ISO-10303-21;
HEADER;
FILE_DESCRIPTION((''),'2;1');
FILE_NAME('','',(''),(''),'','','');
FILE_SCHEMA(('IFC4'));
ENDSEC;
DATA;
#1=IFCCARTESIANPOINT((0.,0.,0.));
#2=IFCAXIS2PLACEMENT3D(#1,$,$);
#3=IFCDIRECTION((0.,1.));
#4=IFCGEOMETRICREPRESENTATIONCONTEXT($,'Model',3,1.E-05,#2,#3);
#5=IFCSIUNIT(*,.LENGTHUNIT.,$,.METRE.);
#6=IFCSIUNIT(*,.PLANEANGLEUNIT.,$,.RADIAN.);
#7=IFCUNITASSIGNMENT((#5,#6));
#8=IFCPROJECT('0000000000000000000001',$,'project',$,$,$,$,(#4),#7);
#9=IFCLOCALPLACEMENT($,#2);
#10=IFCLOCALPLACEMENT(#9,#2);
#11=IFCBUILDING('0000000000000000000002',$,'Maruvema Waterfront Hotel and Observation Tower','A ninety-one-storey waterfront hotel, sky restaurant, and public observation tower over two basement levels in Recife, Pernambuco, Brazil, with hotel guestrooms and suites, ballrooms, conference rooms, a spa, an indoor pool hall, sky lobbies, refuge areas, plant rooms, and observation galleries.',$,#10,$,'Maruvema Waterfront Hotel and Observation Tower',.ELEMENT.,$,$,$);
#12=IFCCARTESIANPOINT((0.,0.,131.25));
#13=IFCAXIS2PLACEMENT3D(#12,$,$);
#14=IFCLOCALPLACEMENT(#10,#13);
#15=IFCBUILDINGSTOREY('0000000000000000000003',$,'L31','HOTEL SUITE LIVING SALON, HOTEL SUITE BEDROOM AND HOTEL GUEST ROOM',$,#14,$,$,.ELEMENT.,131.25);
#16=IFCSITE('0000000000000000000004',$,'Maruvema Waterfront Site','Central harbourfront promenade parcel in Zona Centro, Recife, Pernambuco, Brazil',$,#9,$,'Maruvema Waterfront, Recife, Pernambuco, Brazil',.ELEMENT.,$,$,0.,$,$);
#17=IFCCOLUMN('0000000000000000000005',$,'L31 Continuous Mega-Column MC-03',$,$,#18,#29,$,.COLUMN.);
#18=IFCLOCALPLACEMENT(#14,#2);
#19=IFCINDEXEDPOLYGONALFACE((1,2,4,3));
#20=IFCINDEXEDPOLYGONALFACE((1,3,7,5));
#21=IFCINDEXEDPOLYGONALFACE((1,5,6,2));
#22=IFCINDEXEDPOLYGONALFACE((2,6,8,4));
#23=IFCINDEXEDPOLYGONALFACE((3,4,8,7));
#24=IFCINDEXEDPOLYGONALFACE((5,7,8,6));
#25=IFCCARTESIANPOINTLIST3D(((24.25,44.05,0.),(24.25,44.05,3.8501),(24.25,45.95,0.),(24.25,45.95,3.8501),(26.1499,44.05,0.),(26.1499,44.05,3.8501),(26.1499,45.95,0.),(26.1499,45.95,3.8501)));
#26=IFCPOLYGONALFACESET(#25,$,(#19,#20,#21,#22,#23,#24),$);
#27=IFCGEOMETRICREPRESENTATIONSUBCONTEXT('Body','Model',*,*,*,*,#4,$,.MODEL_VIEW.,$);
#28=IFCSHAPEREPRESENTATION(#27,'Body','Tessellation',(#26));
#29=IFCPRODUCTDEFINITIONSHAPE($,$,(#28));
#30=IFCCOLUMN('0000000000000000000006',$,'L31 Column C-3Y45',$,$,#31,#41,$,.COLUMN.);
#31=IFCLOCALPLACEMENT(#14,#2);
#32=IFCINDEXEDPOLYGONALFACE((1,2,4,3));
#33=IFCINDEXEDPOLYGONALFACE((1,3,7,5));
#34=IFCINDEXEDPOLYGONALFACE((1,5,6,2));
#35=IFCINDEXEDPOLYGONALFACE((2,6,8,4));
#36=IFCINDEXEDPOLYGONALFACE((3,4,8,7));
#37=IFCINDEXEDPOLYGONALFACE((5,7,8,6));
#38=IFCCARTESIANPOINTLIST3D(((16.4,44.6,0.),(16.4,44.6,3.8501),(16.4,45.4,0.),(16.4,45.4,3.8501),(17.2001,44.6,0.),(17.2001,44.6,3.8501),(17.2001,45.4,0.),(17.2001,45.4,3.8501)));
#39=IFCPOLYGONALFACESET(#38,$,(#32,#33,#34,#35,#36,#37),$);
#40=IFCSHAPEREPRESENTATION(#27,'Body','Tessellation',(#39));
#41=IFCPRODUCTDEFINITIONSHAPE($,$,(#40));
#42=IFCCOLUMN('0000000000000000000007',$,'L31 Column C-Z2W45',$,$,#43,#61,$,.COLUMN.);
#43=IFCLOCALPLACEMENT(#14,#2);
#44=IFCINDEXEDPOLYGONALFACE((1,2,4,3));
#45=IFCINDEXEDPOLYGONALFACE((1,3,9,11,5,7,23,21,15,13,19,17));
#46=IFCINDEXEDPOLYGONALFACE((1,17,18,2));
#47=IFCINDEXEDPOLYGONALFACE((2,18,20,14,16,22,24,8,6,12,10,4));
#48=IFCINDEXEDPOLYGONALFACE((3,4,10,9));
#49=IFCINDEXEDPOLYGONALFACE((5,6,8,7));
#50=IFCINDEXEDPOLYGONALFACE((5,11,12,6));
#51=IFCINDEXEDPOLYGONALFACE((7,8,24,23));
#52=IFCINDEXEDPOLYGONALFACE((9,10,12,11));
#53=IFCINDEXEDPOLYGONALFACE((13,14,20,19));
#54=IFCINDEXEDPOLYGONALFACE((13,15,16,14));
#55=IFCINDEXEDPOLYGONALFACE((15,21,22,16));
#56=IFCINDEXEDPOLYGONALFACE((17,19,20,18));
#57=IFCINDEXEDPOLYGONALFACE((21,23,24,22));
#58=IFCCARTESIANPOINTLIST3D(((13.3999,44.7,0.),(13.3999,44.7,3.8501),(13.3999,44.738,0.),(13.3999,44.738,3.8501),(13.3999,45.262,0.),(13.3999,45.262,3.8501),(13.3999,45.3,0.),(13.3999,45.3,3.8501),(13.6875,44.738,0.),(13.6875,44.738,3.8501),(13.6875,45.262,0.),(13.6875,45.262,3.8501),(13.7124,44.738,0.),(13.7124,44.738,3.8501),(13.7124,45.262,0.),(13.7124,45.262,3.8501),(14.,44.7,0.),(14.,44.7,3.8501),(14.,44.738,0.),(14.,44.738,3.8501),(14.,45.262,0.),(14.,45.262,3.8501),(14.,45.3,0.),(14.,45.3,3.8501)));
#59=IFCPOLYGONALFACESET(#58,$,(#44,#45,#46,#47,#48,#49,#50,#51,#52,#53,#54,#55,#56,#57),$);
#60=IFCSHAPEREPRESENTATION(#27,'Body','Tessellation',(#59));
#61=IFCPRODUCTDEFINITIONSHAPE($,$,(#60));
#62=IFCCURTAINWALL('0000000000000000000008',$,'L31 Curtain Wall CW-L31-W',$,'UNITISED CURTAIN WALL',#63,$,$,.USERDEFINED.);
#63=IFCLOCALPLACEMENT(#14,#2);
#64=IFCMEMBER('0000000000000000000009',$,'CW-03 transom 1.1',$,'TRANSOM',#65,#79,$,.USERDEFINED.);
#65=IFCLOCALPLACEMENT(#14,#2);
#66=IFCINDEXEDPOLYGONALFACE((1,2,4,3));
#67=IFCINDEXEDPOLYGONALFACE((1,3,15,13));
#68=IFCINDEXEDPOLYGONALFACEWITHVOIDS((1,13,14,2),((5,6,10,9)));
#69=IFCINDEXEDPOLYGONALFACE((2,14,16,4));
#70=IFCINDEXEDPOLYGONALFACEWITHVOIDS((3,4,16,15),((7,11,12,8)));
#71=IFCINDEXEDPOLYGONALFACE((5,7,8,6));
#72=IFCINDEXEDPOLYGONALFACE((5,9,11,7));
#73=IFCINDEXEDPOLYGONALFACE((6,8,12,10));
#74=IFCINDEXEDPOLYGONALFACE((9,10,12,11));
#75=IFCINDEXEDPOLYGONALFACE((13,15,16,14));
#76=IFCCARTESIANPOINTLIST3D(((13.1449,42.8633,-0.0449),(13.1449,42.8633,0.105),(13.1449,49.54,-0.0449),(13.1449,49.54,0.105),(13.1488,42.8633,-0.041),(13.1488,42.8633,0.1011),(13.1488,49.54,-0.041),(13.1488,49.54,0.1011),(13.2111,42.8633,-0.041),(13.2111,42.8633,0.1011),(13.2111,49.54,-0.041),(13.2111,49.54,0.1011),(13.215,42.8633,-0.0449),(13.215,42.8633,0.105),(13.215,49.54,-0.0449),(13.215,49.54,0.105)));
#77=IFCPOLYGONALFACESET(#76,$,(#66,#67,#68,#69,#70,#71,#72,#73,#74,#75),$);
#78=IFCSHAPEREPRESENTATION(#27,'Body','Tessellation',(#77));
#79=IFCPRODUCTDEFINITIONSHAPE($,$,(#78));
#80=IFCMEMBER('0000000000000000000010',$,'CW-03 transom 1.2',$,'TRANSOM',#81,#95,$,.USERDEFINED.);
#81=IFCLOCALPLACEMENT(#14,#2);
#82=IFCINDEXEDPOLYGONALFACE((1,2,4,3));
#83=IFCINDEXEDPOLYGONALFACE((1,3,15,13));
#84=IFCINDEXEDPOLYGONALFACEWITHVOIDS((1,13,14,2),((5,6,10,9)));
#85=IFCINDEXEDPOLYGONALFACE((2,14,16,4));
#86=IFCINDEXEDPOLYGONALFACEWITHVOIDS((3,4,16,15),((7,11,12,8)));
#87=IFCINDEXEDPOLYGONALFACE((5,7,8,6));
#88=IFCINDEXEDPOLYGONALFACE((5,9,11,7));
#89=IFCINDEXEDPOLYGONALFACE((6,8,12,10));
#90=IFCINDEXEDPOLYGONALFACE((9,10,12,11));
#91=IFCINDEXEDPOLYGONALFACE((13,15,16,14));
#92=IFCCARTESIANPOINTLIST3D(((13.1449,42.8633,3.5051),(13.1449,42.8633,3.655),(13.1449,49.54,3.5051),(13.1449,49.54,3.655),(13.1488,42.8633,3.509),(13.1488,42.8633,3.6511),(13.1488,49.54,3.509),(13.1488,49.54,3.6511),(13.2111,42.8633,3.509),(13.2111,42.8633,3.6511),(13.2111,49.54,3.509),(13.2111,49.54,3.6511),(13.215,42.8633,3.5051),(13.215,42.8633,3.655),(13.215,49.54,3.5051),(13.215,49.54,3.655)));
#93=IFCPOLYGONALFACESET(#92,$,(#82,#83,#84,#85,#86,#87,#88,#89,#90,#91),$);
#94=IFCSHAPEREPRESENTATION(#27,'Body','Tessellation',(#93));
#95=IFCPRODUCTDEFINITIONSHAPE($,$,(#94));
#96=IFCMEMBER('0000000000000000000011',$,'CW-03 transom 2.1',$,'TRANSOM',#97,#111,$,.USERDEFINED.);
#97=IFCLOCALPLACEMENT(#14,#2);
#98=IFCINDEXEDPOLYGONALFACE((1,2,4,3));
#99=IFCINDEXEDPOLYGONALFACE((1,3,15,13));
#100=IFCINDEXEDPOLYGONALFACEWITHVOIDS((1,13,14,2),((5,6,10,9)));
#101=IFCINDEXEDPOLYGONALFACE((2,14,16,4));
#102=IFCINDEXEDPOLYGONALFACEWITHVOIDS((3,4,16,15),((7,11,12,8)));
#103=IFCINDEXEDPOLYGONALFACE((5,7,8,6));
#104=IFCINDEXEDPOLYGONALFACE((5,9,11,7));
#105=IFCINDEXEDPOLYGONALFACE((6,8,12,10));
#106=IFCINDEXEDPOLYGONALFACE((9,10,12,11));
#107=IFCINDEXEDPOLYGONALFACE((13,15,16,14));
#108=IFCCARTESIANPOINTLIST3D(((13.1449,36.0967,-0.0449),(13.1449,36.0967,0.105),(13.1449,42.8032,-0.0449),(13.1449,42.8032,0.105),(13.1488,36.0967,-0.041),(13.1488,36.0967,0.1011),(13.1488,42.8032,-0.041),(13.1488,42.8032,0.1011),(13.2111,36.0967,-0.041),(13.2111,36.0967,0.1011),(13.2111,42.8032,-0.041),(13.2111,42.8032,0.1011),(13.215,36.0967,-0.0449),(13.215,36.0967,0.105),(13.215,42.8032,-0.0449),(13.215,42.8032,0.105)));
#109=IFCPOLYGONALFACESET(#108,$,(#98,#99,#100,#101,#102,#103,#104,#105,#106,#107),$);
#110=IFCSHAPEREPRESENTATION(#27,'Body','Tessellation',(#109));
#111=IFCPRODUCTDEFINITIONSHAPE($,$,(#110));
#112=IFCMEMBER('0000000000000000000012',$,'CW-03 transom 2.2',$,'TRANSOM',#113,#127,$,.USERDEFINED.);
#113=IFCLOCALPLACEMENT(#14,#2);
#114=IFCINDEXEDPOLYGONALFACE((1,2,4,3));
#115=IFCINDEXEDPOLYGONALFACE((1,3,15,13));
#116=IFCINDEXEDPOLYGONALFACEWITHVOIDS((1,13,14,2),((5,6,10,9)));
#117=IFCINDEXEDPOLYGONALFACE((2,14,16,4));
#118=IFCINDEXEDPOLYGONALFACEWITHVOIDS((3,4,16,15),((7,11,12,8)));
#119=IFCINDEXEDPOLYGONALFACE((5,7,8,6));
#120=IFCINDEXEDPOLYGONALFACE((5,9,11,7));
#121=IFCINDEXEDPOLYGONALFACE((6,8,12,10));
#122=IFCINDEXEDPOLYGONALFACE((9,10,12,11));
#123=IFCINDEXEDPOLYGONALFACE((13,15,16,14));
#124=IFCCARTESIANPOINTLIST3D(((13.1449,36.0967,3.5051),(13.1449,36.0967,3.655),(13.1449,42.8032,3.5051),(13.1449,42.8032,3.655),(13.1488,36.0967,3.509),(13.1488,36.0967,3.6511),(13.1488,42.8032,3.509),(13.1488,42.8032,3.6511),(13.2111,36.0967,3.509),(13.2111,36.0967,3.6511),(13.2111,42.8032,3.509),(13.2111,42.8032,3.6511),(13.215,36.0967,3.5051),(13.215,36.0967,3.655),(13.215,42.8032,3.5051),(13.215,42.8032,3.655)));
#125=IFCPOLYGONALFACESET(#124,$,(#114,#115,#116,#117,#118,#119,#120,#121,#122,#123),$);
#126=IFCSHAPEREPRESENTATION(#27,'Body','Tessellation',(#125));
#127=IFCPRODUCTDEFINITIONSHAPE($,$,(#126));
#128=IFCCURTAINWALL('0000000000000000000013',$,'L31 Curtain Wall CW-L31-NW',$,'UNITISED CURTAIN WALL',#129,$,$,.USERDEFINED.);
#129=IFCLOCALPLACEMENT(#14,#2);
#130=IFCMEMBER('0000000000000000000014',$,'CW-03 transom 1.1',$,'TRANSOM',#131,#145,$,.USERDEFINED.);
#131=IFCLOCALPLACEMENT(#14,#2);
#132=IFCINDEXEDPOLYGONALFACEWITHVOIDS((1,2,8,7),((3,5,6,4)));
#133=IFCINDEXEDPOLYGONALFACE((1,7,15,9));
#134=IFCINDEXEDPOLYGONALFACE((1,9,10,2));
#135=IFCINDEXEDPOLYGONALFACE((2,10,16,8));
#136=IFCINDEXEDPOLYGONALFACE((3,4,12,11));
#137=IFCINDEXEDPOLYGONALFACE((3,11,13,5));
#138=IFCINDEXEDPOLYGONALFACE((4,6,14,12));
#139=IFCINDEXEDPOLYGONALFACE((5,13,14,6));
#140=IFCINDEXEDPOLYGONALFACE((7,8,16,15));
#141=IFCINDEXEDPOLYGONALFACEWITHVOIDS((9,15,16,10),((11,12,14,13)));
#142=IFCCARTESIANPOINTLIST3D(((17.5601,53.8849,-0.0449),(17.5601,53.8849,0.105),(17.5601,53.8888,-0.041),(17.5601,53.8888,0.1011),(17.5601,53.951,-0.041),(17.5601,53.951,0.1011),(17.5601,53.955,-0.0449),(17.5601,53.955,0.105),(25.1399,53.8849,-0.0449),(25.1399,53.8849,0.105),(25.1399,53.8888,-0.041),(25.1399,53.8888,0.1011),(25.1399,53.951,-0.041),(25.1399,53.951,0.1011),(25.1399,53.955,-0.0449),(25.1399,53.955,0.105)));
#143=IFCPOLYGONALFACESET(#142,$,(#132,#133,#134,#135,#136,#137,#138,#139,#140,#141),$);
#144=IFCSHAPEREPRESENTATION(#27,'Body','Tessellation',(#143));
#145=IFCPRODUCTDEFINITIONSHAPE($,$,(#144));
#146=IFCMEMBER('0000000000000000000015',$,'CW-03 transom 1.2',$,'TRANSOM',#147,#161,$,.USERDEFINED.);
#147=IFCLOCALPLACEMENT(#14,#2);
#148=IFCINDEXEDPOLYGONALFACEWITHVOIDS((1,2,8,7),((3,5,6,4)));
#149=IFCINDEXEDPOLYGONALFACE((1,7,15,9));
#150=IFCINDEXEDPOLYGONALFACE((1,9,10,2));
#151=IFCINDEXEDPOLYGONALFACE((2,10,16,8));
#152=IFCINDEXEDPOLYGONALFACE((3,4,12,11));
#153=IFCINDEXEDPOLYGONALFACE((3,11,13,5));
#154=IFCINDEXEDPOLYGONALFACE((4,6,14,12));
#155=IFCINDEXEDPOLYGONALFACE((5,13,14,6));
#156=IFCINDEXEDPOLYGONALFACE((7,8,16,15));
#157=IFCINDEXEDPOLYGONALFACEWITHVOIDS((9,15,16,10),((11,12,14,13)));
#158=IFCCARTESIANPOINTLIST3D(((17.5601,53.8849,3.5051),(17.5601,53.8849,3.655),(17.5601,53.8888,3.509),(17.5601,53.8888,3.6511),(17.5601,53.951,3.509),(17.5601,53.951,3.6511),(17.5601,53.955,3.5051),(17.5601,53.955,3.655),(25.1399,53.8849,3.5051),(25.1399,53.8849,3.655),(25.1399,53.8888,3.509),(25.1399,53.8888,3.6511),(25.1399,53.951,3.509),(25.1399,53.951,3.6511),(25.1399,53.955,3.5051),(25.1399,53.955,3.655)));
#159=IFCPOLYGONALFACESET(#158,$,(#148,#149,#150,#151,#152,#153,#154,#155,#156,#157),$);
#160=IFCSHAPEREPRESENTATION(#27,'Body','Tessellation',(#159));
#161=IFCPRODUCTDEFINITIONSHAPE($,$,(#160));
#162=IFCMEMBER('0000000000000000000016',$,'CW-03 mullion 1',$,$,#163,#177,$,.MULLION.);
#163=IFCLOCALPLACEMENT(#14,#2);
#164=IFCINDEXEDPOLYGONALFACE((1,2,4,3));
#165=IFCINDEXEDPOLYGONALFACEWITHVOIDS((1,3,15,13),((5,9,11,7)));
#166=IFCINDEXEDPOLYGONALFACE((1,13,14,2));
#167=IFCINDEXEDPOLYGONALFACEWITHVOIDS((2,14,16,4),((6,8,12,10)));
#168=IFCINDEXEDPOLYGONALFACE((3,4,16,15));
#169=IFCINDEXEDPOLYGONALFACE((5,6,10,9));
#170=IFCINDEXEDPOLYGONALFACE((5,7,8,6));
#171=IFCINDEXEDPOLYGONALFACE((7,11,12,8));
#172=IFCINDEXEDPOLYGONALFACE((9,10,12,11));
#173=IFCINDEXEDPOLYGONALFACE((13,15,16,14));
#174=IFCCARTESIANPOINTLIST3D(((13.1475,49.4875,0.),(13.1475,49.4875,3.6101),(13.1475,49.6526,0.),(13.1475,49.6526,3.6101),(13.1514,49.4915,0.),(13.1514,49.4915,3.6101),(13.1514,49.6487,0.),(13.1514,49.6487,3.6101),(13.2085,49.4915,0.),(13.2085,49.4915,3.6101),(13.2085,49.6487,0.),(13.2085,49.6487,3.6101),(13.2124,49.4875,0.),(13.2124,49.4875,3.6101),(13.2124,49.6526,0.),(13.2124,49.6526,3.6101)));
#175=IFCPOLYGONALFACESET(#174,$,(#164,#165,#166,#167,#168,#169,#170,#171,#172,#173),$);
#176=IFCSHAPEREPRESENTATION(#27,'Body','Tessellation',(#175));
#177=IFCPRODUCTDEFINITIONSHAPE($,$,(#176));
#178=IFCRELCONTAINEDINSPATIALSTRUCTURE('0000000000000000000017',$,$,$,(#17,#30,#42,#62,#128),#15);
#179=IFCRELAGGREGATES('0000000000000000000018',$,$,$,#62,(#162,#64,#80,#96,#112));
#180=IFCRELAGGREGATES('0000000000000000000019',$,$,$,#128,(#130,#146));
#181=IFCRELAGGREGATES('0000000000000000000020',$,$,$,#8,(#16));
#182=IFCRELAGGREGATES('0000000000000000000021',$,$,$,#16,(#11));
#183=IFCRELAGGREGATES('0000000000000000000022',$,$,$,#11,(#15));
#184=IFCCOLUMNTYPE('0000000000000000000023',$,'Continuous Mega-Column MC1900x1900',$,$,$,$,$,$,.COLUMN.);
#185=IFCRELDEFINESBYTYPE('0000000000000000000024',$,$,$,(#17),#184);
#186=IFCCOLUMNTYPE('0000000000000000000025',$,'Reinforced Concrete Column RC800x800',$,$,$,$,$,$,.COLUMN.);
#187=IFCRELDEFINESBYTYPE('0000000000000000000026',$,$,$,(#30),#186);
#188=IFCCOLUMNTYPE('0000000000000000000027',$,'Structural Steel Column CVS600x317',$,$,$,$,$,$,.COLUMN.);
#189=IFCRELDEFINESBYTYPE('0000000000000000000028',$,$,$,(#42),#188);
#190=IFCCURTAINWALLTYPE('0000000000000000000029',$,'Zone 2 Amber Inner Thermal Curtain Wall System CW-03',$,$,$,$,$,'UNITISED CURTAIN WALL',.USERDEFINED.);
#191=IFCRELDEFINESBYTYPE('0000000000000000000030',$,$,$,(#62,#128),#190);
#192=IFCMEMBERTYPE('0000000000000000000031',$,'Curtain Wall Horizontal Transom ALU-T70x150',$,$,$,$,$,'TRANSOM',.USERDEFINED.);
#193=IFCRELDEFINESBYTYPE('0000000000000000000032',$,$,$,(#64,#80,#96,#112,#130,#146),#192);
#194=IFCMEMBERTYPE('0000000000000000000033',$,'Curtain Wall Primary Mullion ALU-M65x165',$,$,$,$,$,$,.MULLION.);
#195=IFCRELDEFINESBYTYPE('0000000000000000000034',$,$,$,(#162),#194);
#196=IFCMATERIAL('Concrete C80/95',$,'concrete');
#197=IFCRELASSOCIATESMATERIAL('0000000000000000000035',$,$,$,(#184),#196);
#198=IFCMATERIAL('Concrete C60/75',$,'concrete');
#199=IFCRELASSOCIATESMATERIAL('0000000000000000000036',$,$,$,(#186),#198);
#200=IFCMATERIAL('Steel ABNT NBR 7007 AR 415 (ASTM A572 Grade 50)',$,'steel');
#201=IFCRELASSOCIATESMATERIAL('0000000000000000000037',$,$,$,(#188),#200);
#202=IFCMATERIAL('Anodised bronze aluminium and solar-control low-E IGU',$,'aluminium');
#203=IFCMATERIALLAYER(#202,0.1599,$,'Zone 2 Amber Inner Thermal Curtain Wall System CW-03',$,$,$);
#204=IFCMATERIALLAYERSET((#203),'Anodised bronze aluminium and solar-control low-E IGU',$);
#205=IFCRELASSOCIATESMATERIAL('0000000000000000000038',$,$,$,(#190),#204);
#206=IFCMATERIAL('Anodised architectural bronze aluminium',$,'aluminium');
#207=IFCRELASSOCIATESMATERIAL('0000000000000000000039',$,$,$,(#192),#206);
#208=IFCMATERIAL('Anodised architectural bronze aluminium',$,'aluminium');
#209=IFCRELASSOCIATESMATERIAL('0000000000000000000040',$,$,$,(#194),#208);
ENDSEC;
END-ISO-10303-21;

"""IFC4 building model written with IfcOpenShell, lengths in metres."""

from ifc_helpers import new_model, si_unit, direction, frame, origin, origin_2d, place, context, subcontext, project, spatial, rectangle, hollow_rectangle, i_section, extrude, material, layer, layer_set, material_profile, profile_set, type_object, element, aggregate, save


model = new_model("IFC4")

# Units and contexts
model_context = context("Model", 3, precision=1e-05, world=origin(), true_north=direction((0.0, 1.0)))
body_context = subcontext(model_context, "Body", "Model", "MODEL_VIEW")
ifc_project = project(units=[si_unit("LENGTHUNIT", "METRE"), si_unit("PLANEANGLEUNIT", "RADIAN")], contexts=[model_context])

# Site, building, storey
site_placement = place(None, origin())
site = spatial("IfcSite", under=ifc_project, at=site_placement, Name="Maruvema Waterfront Site", Description="Central harbourfront promenade parcel in Zona Centro, Recife, Pernambuco, Brazil", LongName="Maruvema Waterfront, Recife, Pernambuco, Brazil", CompositionType="ELEMENT", RefElevation=0.0)
building_placement = place(site_placement, origin())
building = spatial("IfcBuilding", under=site, at=building_placement, Name="Maruvema Waterfront Hotel and Observation Tower", Description="A ninety-one-storey waterfront hotel, sky restaurant, and public observation tower over two basement levels in Recife, Pernambuco, Brazil, with hotel guestrooms and suites, ballrooms, conference rooms, a spa, an indoor pool hall, sky lobbies, refuge areas, plant rooms, and observation galleries.", LongName="Maruvema Waterfront Hotel and Observation Tower", CompositionType="ELEMENT")
storey_placement = place(building_placement, frame((0.0, 0.0, 131.25)))
storey = spatial("IfcBuildingStorey", under=building, at=storey_placement, Name="L31", Description="HOTEL SUITE LIVING SALON, HOTEL SUITE BEDROOM AND HOTEL GUEST ROOM", CompositionType="ELEMENT", Elevation=131.25)

# Columns
ifc_material_1 = material(Name="Concrete C80/95", Category="concrete")
ifc_material_profile_1 = material_profile(ifc_material_1, rectangle(XDim=1.8999, YDim=1.8999, at=origin_2d()), Name="MC1900x1900")
ifc_profile_set_1 = profile_set([ifc_material_profile_1], Name="Concrete C80/95")
column_type_1 = type_object("IfcColumnType", Name="Continuous Mega-Column MC1900x1900", PredefinedType="COLUMN", material=ifc_profile_set_1)
column_1_placement = place(storey_placement, frame((25.2, 45.0, 0.0), z_axis=(0.0, 0.0, 1.0), x_axis=(1.0, 0.0, 0.0)))
element("IfcColumn", 1, at=column_1_placement, inside=storey, type_object=column_type_1, Name="L31 Continuous Mega-Column MC-03", PredefinedType="COLUMN", context=body_context, shape_type="SweptSolid", body=[
    extrude(rectangle(XDim=1.8999, YDim=1.8999, at=origin_2d()), origin(), (0.0, 0.0, 1.0), 3.8501),
])
ifc_material_2 = material(Name="Concrete C60/75", Category="concrete")
ifc_material_profile_2 = material_profile(ifc_material_2, rectangle(XDim=0.8, YDim=0.8, at=origin_2d()), Name="RC800x800")
ifc_profile_set_2 = profile_set([ifc_material_profile_2], Name="Concrete C60/75")
column_type_2 = type_object("IfcColumnType", Name="Reinforced Concrete Column RC800x800", PredefinedType="COLUMN", material=ifc_profile_set_2)
column_2_placement = place(storey_placement, frame((16.8, 45.0, 0.0), z_axis=(0.0, 0.0, 1.0), x_axis=(1.0, 0.0, 0.0)))
element("IfcColumn", 2, at=column_2_placement, inside=storey, type_object=column_type_2, Name="L31 Column C-3Y45", PredefinedType="COLUMN", context=body_context, shape_type="SweptSolid", body=[
    extrude(rectangle(XDim=0.8, YDim=0.8, at=origin_2d()), origin(), (0.0, 0.0, 1.0), 3.8501),
])
ifc_material_3 = material(Name="Steel ABNT NBR 7007 AR 415 (ASTM A572 Grade 50)", Category="steel")
ifc_material_profile_3 = material_profile(ifc_material_3, i_section(OverallWidth=0.6001, OverallDepth=0.6001, WebThickness=0.0249, FlangeThickness=0.0381, at=origin_2d()), Name="CVS600x317")
ifc_profile_set_3 = profile_set([ifc_material_profile_3], Name="Steel ABNT NBR 7007 AR 415 (ASTM A572 Grade 50)")
column_type_3 = type_object("IfcColumnType", Name="Structural Steel Column CVS600x317", PredefinedType="COLUMN", material=ifc_profile_set_3)
column_3_placement = place(storey_placement, frame((13.7, 45.0, 0.0), z_axis=(0.0, 0.0, 1.0), x_axis=(1.0, 0.0, 0.0)))
element("IfcColumn", 3, at=column_3_placement, inside=storey, type_object=column_type_3, Name="L31 Column C-Z2W45", PredefinedType="COLUMN", context=body_context, shape_type="SweptSolid", body=[
    extrude(i_section(OverallWidth=0.6001, OverallDepth=0.6001, WebThickness=0.0249, FlangeThickness=0.0381, at=origin_2d()), origin(), (0.0, 0.0, 1.0), 3.8501),
])

# Curtain walls, members
ifc_material_4 = material(Name="Anodised bronze aluminium and solar-control low-E IGU", Category="aluminium")
ifc_layer_1 = layer(ifc_material_4, 0.1599, Name="Zone 2 Amber Inner Thermal Curtain Wall System CW-03")
ifc_layer_set_1 = layer_set([ifc_layer_1], Name="Anodised bronze aluminium and solar-control low-E IGU")
curtain_wall_type = type_object("IfcCurtainWallType", Name="Zone 2 Amber Inner Thermal Curtain Wall System CW-03", ElementType="UNITISED CURTAIN WALL", PredefinedType="USERDEFINED", material=ifc_layer_set_1)
curtain_wall_1_placement = place(storey_placement, origin())
curtain_wall_1 = element("IfcCurtainWall", 4, at=curtain_wall_1_placement, inside=storey, type_object=curtain_wall_type, Name="L31 Curtain Wall CW-L31-W", ObjectType="UNITISED CURTAIN WALL", PredefinedType="USERDEFINED")
ifc_material_5 = material(Name="Anodised architectural bronze aluminium", Category="aluminium")
ifc_material_profile_4 = material_profile(ifc_material_5, hollow_rectangle(XDim=0.0701, YDim=0.1499, WallThickness=0.0039, at=origin_2d()), Name="ALU-T70x150")
ifc_profile_set_4 = profile_set([ifc_material_profile_4], Name="Anodised architectural bronze aluminium")
member_type_1 = type_object("IfcMemberType", Name="Curtain Wall Horizontal Transom ALU-T70x150", ElementType="TRANSOM", PredefinedType="USERDEFINED", material=ifc_profile_set_4)
member_1_placement = place(storey_placement, frame((13.1799, 49.54, 0.03), z_axis=(0.0, -1.0, 0.0), x_axis=(1.0, 0.0, 0.0)))
member_1 = element("IfcMember", 5, at=member_1_placement, type_object=member_type_1, Name="CW-03 transom 1.1", ObjectType="TRANSOM", PredefinedType="USERDEFINED", context=body_context, shape_type="SweptSolid", body=[
    extrude(hollow_rectangle(XDim=0.0701, YDim=0.1499, WallThickness=0.0039, at=origin_2d()), origin(), (0.0, 0.0, 1.0), 6.6768),
])
member_2_placement = place(storey_placement, frame((13.1799, 49.54, 3.5801), z_axis=(0.0, -1.0, 0.0), x_axis=(1.0, 0.0, 0.0)))
member_2 = element("IfcMember", 6, at=member_2_placement, type_object=member_type_1, Name="CW-03 transom 1.2", ObjectType="TRANSOM", PredefinedType="USERDEFINED", context=body_context, shape_type="SweptSolid", body=[
    extrude(hollow_rectangle(XDim=0.0701, YDim=0.1499, WallThickness=0.0039, at=origin_2d()), origin(), (0.0, 0.0, 1.0), 6.6768),
])
member_3_placement = place(storey_placement, frame((13.1799, 42.8032, 0.03), z_axis=(0.0, -1.0, 0.0), x_axis=(1.0, 0.0, 0.0)))
member_3 = element("IfcMember", 7, at=member_3_placement, type_object=member_type_1, Name="CW-03 transom 2.1", ObjectType="TRANSOM", PredefinedType="USERDEFINED", context=body_context, shape_type="SweptSolid", body=[
    extrude(hollow_rectangle(XDim=0.0701, YDim=0.1499, WallThickness=0.0039, at=origin_2d()), origin(), (0.0, 0.0, 1.0), 6.7065),
])
member_4_placement = place(storey_placement, frame((13.1799, 42.8032, 3.5801), z_axis=(0.0, -1.0, 0.0), x_axis=(1.0, 0.0, 0.0)))
member_4 = element("IfcMember", 8, at=member_4_placement, type_object=member_type_1, Name="CW-03 transom 2.2", ObjectType="TRANSOM", PredefinedType="USERDEFINED", context=body_context, shape_type="SweptSolid", body=[
    extrude(hollow_rectangle(XDim=0.0701, YDim=0.1499, WallThickness=0.0039, at=origin_2d()), origin(), (0.0, 0.0, 1.0), 6.7065),
])
curtain_wall_2_placement = place(storey_placement, origin())
curtain_wall_2 = element("IfcCurtainWall", 9, at=curtain_wall_2_placement, inside=storey, type_object=curtain_wall_type, Name="L31 Curtain Wall CW-L31-NW", ObjectType="UNITISED CURTAIN WALL", PredefinedType="USERDEFINED")
member_5_placement = place(storey_placement, frame((25.1399, 53.9199, 0.03), z_axis=(-1.0, 0.0, 0.0), x_axis=(0.0, -1.0, 0.0)))
member_5 = element("IfcMember", 10, at=member_5_placement, type_object=member_type_1, Name="CW-03 transom 1.1", ObjectType="TRANSOM", PredefinedType="USERDEFINED", context=body_context, shape_type="SweptSolid", body=[
    extrude(hollow_rectangle(XDim=0.0701, YDim=0.1499, WallThickness=0.0039, at=origin_2d()), origin(), (0.0, 0.0, 1.0), 7.5798),
])
member_6_placement = place(storey_placement, frame((25.1399, 53.9199, 3.5801), z_axis=(-1.0, 0.0, 0.0), x_axis=(0.0, -1.0, 0.0)))
member_6 = element("IfcMember", 11, at=member_6_placement, type_object=member_type_1, Name="CW-03 transom 1.2", ObjectType="TRANSOM", PredefinedType="USERDEFINED", context=body_context, shape_type="SweptSolid", body=[
    extrude(hollow_rectangle(XDim=0.0701, YDim=0.1499, WallThickness=0.0039, at=origin_2d()), origin(), (0.0, 0.0, 1.0), 7.5798),
])

# Member
ifc_material_6 = material(Name="Anodised architectural bronze aluminium", Category="aluminium")
ifc_material_profile_5 = material_profile(ifc_material_6, hollow_rectangle(XDim=0.0649, YDim=0.165, WallThickness=0.0039, at=origin_2d()), Name="ALU-M65x165")
ifc_profile_set_5 = profile_set([ifc_material_profile_5], Name="Anodised architectural bronze aluminium")
member_type_2 = type_object("IfcMemberType", Name="Curtain Wall Primary Mullion ALU-M65x165", PredefinedType="MULLION", material=ifc_profile_set_5)
member_7_placement = place(storey_placement, frame((13.1799, 49.5701, 0.0), z_axis=(0.0, 0.0, 1.0), x_axis=(1.0, 0.0, 0.0)))
member_7 = element("IfcMember", 12, at=member_7_placement, type_object=member_type_2, Name="CW-03 mullion 1", PredefinedType="MULLION", context=body_context, shape_type="SweptSolid", body=[
    extrude(hollow_rectangle(XDim=0.0649, YDim=0.165, WallThickness=0.0039, at=origin_2d()), origin(), (0.0, 0.0, 1.0), 3.6101),
])

aggregate(curtain_wall_1, [member_7, member_1, member_2, member_3, member_4])
aggregate(curtain_wall_2, [member_5, member_6])

save(model, "model.ifc")
